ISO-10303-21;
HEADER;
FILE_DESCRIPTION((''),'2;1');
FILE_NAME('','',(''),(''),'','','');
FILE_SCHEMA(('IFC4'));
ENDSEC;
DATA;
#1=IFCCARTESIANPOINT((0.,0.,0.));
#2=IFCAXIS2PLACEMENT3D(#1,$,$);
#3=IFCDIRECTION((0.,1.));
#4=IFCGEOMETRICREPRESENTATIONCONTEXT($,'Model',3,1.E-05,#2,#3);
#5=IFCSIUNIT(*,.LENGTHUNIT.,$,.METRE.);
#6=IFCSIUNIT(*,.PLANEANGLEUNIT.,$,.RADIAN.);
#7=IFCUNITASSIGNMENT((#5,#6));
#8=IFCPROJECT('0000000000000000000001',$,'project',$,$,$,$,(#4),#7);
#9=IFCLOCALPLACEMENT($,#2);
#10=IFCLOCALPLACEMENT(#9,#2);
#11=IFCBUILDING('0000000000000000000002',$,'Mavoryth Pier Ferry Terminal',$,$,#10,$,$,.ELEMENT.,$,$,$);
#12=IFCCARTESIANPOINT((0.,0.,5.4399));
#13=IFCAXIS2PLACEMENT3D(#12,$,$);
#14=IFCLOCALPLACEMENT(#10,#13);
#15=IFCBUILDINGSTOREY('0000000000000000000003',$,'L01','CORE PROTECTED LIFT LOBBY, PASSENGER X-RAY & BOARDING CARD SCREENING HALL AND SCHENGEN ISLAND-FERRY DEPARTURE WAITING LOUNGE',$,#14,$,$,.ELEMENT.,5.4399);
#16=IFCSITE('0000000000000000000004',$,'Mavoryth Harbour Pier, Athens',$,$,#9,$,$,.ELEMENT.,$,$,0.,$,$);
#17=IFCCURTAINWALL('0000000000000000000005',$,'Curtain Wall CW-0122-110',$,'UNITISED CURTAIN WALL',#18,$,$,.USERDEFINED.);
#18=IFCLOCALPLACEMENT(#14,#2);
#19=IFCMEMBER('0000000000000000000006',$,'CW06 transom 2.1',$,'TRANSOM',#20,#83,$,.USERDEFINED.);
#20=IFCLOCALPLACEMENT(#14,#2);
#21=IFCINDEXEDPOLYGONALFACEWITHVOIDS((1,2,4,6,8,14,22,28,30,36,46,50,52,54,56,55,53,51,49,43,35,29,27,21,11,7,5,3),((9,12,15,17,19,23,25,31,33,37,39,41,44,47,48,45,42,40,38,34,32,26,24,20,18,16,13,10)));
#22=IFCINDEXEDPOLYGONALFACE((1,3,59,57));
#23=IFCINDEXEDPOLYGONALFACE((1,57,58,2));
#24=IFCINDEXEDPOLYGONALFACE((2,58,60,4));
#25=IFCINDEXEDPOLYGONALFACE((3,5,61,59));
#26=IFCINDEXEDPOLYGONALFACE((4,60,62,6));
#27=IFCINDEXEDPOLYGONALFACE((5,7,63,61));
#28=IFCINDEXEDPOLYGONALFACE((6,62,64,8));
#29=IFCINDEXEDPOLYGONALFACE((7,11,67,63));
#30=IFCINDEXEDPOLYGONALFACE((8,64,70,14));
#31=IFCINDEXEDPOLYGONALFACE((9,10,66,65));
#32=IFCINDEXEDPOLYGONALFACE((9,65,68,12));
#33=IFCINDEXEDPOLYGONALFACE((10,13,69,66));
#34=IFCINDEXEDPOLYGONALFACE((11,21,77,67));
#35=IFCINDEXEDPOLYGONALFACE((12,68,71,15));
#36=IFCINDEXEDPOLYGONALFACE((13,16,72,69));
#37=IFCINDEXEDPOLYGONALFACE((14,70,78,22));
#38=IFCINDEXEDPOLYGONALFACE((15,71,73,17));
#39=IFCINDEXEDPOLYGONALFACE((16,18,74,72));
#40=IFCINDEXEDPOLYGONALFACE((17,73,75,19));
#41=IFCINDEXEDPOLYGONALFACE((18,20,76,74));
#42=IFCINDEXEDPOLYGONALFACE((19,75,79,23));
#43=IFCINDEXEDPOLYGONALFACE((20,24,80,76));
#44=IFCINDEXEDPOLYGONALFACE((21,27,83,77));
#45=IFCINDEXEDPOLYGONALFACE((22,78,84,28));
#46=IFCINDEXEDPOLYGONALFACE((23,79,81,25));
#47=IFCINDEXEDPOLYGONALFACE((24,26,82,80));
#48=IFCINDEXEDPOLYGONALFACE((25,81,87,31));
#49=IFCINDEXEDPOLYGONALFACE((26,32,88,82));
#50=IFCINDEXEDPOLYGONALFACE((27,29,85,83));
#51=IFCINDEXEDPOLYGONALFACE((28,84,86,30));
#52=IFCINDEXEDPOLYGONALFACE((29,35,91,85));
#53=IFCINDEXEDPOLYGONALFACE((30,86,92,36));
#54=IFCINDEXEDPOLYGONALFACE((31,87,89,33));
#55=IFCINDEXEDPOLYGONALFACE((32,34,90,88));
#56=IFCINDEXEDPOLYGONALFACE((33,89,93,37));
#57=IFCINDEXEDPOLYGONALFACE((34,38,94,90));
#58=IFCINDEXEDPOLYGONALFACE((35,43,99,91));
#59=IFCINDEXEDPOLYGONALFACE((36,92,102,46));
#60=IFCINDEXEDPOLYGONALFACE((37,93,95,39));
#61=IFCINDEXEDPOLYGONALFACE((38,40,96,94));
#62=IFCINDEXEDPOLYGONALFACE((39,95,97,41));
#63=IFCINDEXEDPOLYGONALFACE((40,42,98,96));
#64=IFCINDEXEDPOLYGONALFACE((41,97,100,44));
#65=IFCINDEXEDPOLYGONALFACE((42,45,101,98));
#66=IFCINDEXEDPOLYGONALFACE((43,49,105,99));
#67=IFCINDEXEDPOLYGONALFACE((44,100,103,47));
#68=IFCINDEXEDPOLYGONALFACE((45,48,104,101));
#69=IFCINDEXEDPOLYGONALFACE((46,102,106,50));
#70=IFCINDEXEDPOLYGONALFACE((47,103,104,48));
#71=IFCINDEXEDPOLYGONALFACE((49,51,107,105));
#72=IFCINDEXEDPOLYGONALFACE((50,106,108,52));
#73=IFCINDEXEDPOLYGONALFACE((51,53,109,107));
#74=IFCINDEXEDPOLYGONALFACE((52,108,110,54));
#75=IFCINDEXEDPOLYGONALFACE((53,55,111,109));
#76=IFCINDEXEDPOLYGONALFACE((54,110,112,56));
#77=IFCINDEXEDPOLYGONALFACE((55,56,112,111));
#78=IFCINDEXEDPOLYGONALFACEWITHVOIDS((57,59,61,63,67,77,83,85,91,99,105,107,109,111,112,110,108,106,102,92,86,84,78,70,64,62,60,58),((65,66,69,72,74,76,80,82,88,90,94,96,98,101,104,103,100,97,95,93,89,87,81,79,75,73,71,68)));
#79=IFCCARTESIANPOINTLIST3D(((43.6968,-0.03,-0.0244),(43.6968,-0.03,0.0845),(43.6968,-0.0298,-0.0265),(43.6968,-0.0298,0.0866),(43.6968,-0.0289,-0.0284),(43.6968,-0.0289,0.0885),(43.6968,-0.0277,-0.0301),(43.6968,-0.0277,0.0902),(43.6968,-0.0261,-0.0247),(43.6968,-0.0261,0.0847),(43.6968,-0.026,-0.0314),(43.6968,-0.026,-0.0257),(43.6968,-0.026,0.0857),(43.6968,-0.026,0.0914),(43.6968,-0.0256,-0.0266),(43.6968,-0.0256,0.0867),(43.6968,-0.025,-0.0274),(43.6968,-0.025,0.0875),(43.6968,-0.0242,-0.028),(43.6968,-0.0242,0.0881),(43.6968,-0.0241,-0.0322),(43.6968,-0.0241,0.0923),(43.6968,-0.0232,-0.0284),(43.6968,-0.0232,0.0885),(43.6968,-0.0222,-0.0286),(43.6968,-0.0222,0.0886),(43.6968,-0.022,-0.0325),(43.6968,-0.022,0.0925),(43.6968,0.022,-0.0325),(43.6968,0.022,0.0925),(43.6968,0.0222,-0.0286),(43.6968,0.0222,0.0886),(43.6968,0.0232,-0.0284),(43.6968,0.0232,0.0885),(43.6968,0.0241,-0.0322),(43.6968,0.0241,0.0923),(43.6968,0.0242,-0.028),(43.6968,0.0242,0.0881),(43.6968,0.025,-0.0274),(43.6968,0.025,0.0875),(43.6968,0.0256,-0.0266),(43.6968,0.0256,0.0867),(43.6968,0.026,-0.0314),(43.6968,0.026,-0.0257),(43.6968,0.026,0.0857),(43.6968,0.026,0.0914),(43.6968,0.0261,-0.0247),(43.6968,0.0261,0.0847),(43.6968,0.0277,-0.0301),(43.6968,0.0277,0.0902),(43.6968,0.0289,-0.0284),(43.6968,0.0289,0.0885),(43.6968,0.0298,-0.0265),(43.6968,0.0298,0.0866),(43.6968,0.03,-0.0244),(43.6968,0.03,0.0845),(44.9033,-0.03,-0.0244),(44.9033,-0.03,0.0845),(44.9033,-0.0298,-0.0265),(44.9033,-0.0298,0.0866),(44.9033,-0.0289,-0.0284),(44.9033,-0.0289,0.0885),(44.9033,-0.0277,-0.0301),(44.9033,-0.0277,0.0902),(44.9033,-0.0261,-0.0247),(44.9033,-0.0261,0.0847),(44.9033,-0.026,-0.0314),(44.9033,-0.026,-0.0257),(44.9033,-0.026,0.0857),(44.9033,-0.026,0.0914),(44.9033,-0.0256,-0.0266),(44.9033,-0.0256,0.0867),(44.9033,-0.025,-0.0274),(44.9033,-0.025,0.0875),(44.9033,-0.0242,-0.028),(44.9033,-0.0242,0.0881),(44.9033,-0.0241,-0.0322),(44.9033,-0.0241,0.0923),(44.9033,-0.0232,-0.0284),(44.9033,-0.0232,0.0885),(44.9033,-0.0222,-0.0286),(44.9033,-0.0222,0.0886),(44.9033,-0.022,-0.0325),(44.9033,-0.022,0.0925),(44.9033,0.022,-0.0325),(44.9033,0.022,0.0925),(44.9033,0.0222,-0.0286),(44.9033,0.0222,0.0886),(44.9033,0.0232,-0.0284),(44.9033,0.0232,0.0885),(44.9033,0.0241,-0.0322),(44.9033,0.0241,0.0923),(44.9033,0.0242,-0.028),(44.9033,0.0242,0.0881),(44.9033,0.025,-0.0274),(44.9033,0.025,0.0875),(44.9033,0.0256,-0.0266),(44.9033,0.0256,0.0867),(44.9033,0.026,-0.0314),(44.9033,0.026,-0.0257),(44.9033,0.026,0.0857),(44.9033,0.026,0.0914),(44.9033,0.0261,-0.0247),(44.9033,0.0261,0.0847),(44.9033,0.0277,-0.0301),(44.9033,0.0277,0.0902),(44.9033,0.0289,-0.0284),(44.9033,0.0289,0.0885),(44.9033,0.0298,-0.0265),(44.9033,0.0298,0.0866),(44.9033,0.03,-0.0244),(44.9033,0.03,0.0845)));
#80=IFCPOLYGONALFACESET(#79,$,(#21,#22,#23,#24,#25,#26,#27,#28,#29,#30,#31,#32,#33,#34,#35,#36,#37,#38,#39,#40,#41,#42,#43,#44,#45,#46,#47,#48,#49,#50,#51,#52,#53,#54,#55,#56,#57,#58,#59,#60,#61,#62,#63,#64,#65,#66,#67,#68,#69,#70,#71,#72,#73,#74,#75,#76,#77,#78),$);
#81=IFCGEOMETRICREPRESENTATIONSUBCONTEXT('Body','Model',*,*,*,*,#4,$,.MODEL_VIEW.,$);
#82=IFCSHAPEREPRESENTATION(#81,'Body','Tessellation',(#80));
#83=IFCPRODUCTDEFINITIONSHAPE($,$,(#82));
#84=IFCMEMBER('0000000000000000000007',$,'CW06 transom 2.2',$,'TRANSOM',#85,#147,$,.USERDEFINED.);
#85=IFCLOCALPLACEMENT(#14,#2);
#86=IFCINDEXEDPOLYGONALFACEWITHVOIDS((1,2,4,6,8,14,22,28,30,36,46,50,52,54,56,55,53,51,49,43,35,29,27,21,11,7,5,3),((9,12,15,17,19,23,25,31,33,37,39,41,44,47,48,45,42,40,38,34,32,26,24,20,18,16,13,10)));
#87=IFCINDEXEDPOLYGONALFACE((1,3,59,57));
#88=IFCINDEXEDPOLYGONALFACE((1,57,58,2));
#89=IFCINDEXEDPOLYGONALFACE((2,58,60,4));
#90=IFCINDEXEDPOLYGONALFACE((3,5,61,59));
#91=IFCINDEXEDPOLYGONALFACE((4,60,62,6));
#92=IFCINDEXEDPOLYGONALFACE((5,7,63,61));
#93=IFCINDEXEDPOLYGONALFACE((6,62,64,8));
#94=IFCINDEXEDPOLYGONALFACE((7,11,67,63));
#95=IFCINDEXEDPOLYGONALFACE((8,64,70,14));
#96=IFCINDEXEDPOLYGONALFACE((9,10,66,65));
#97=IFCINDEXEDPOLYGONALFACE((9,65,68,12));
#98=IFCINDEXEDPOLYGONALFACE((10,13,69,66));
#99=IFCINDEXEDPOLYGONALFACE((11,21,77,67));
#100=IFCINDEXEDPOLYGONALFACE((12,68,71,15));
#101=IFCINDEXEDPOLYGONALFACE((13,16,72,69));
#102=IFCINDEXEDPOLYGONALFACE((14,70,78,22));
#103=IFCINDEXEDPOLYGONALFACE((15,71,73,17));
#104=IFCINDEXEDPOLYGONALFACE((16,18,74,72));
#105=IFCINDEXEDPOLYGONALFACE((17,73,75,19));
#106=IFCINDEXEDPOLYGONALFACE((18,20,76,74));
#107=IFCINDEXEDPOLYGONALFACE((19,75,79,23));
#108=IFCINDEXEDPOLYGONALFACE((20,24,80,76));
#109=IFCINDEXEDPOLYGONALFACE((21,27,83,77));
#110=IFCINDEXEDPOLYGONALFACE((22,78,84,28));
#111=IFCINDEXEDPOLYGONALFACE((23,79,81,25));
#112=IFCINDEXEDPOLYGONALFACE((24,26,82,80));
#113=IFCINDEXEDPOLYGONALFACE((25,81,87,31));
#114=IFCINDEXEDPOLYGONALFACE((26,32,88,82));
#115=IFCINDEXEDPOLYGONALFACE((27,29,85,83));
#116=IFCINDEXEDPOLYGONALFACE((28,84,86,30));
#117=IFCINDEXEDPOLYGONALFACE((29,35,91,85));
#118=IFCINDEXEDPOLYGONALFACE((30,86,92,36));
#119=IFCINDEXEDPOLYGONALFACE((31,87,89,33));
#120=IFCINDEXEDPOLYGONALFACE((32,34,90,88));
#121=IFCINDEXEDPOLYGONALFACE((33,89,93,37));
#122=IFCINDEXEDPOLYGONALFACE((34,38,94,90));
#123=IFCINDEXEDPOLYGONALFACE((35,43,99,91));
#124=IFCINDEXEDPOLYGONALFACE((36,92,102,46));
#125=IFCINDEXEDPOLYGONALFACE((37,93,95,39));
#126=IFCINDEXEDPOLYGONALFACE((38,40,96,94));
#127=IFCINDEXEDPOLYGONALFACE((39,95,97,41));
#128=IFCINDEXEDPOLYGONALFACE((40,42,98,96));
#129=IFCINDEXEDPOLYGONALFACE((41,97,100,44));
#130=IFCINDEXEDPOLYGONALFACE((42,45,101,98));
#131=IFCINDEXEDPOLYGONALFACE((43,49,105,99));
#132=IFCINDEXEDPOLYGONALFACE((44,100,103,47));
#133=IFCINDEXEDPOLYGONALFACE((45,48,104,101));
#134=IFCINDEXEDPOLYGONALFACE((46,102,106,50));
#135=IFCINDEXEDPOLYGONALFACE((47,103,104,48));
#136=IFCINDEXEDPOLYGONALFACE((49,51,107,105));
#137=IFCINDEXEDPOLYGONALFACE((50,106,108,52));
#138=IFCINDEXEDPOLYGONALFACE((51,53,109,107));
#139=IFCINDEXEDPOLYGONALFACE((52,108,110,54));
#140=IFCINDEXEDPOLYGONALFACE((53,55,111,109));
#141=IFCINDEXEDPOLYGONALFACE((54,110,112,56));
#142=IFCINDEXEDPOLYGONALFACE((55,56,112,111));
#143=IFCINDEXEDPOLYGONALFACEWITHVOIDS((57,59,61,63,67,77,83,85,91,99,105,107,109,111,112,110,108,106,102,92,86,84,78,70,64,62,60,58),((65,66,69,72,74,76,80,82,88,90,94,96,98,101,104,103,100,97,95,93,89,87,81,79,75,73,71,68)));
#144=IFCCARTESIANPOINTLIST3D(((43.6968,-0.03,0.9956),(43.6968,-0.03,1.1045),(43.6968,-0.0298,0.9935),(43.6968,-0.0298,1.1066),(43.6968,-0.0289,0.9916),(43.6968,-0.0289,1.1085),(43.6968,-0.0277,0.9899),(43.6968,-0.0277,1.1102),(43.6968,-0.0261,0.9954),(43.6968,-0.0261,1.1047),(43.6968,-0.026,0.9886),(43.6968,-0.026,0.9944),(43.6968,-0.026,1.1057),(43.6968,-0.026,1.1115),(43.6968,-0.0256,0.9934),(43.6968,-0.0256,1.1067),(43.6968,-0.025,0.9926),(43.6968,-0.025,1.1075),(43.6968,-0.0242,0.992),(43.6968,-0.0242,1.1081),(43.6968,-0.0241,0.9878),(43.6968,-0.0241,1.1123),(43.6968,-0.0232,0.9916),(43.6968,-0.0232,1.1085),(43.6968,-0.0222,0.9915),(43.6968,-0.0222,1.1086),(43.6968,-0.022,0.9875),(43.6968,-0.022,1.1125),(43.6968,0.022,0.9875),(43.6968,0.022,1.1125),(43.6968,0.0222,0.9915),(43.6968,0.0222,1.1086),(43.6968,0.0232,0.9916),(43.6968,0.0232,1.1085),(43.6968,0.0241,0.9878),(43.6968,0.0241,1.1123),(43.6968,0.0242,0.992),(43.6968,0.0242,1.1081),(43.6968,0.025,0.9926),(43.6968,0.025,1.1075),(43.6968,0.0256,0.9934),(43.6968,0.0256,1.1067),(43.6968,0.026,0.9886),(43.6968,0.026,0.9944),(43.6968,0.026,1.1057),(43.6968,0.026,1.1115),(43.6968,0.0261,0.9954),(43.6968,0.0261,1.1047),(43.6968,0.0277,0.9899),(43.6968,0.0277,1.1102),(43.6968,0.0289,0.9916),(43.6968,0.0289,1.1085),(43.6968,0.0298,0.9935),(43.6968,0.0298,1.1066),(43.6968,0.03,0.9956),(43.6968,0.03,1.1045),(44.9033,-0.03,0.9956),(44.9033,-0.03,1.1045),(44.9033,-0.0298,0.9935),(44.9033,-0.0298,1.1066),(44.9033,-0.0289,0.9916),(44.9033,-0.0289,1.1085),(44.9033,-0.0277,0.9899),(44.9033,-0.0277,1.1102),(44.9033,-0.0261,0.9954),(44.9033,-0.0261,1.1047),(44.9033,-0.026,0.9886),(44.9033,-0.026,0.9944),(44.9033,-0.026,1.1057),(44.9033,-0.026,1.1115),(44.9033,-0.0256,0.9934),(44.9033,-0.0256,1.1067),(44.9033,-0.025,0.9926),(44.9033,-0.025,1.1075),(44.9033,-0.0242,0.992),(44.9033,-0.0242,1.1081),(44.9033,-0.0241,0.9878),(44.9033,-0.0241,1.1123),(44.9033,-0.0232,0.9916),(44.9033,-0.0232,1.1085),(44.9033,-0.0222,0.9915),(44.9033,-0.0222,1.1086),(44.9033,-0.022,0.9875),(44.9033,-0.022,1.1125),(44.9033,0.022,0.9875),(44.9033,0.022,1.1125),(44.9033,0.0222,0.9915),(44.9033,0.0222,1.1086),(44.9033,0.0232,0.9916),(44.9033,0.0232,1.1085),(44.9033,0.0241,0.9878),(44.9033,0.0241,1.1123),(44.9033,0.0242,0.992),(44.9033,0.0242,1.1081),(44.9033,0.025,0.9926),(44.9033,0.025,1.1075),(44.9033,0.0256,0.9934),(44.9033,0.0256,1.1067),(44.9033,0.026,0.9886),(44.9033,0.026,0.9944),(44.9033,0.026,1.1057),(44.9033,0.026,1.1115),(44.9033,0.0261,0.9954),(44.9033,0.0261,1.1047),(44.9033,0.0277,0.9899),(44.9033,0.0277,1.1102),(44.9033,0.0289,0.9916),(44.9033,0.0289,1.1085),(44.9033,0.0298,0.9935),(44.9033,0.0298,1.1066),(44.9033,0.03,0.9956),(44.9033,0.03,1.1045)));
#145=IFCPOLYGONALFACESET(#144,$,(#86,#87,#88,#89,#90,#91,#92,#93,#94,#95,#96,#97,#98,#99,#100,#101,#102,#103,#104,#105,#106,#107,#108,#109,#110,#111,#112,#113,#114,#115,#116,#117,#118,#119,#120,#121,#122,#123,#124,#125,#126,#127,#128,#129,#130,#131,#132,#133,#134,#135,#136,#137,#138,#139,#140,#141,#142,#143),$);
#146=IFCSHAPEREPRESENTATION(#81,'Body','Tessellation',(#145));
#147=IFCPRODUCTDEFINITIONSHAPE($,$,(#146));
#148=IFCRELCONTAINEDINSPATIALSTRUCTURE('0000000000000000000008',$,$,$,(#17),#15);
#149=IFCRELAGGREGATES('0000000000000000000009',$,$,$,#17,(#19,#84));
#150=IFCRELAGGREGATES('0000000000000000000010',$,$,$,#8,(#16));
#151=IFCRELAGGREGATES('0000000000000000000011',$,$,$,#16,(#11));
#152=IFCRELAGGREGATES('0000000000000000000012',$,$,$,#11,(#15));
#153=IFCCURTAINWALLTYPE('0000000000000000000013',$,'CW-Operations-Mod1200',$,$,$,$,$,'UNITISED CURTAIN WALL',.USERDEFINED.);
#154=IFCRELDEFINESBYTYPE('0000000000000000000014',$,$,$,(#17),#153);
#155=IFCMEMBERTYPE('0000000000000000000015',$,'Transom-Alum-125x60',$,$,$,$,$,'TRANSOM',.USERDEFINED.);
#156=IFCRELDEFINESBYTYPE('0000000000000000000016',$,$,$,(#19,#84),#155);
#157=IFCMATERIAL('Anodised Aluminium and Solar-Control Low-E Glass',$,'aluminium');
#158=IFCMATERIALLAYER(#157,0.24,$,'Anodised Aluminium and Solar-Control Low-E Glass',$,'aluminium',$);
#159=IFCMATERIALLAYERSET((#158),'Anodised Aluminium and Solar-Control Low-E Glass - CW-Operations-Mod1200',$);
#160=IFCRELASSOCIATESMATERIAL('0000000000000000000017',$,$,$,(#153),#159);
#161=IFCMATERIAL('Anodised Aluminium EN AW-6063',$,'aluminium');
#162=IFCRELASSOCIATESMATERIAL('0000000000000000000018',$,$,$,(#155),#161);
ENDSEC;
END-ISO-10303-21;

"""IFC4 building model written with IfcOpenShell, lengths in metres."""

from ifc_helpers import new_model, si_unit, direction, frame, origin, origin_2d, place, context, subcontext, project, spatial, hollow_rectangle, extrude, material, layer, layer_set, material_profile, profile_set, type_object, element, aggregate, save


model = new_model("IFC4")

# Units and contexts
model_context = context("Model", 3, precision=1e-05, world=origin(), true_north=direction((0.0, 1.0)))
body_context = subcontext(model_context, "Body", "Model", "MODEL_VIEW")
ifc_project = project(units=[si_unit("LENGTHUNIT", "METRE"), si_unit("PLANEANGLEUNIT", "RADIAN")], contexts=[model_context])

# Site, building, storey
site_placement = place(None, origin())
site = spatial("IfcSite", under=ifc_project, at=site_placement, Name="Mavoryth Harbour Pier, Athens", CompositionType="ELEMENT", RefElevation=0.0)
building_placement = place(site_placement, origin())
building = spatial("IfcBuilding", under=site, at=building_placement, Name="Mavoryth Pier Ferry Terminal", CompositionType="ELEMENT")
storey_placement = place(building_placement, frame((0.0, 0.0, 5.4399)))
storey = spatial("IfcBuildingStorey", under=building, at=storey_placement, Name="L01", Description="CORE PROTECTED LIFT LOBBY, PASSENGER X-RAY & BOARDING CARD SCREENING HALL AND SCHENGEN ISLAND-FERRY DEPARTURE WAITING LOUNGE", CompositionType="ELEMENT", Elevation=5.4399)

# Curtain wall
ifc_material_1 = material(Name="Anodised Aluminium and Solar-Control Low-E Glass", Category="aluminium")
ifc_layer_1 = layer(ifc_material_1, 0.24, Name="Anodised Aluminium and Solar-Control Low-E Glass", Category="aluminium")
ifc_layer_set_1 = layer_set([ifc_layer_1], Name="Anodised Aluminium and Solar-Control Low-E Glass - CW-Operations-Mod1200")
curtain_wall_type = type_object("IfcCurtainWallType", Name="CW-Operations-Mod1200", ElementType="UNITISED CURTAIN WALL", PredefinedType="USERDEFINED", material=ifc_layer_set_1)
curtain_wall_placement = place(storey_placement, origin())
curtain_wall = element("IfcCurtainWall", 1, at=curtain_wall_placement, inside=storey, type_object=curtain_wall_type, Name="Curtain Wall CW-0122-110", ObjectType="UNITISED CURTAIN WALL", PredefinedType="USERDEFINED")
ifc_material_2 = material(Name="Anodised Aluminium EN AW-6063", Category="aluminium")

# Members
ifc_material_profile_1 = material_profile(ifc_material_2, hollow_rectangle(XDim=0.0601, YDim=0.125, WallThickness=0.0039, InnerFilletRadius=0.0039, OuterFilletRadius=0.0081, at=origin_2d()), Name="AL-TRAN 125x60x4", Category="aluminium")
ifc_profile_set_1 = profile_set([ifc_material_profile_1], Name="Anodised Aluminium EN AW-6063 - AL-TRAN 125x60x4")
member_type_1 = type_object("IfcMemberType", Name="Transom-Alum-125x60", ElementType="TRANSOM", PredefinedType="USERDEFINED", material=ifc_profile_set_1)
member_1_placement = place(storey_placement, frame((43.6968, 0.0, 0.03), z_axis=(1.0, 0.0, 0.0), x_axis=(0.0, 1.0, 0.0)))
member_1 = element("IfcMember", 2, at=member_1_placement, type_object=member_type_1, Name="CW06 transom 2.1", ObjectType="TRANSOM", PredefinedType="USERDEFINED", context=body_context, shape_type="SweptSolid", body=[
    extrude(hollow_rectangle(XDim=0.0601, YDim=0.125, WallThickness=0.0039, InnerFilletRadius=0.0039, OuterFilletRadius=0.0081, at=origin_2d()), origin(), (0.0, 0.0, 1.0), 1.2065),
])
member_2_placement = place(storey_placement, frame((43.6968, 0.0, 1.05), z_axis=(1.0, 0.0, 0.0), x_axis=(0.0, 1.0, 0.0)))
member_2 = element("IfcMember", 3, at=member_2_placement, type_object=member_type_1, Name="CW06 transom 2.2", ObjectType="TRANSOM", PredefinedType="USERDEFINED", context=body_context, shape_type="SweptSolid", body=[
    extrude(hollow_rectangle(XDim=0.0601, YDim=0.125, WallThickness=0.0039, InnerFilletRadius=0.0039, OuterFilletRadius=0.0081, at=origin_2d()), origin(), (0.0, 0.0, 1.0), 1.2065),
])

aggregate(curtain_wall, [member_1, member_2])

save(model, "model.ifc")
